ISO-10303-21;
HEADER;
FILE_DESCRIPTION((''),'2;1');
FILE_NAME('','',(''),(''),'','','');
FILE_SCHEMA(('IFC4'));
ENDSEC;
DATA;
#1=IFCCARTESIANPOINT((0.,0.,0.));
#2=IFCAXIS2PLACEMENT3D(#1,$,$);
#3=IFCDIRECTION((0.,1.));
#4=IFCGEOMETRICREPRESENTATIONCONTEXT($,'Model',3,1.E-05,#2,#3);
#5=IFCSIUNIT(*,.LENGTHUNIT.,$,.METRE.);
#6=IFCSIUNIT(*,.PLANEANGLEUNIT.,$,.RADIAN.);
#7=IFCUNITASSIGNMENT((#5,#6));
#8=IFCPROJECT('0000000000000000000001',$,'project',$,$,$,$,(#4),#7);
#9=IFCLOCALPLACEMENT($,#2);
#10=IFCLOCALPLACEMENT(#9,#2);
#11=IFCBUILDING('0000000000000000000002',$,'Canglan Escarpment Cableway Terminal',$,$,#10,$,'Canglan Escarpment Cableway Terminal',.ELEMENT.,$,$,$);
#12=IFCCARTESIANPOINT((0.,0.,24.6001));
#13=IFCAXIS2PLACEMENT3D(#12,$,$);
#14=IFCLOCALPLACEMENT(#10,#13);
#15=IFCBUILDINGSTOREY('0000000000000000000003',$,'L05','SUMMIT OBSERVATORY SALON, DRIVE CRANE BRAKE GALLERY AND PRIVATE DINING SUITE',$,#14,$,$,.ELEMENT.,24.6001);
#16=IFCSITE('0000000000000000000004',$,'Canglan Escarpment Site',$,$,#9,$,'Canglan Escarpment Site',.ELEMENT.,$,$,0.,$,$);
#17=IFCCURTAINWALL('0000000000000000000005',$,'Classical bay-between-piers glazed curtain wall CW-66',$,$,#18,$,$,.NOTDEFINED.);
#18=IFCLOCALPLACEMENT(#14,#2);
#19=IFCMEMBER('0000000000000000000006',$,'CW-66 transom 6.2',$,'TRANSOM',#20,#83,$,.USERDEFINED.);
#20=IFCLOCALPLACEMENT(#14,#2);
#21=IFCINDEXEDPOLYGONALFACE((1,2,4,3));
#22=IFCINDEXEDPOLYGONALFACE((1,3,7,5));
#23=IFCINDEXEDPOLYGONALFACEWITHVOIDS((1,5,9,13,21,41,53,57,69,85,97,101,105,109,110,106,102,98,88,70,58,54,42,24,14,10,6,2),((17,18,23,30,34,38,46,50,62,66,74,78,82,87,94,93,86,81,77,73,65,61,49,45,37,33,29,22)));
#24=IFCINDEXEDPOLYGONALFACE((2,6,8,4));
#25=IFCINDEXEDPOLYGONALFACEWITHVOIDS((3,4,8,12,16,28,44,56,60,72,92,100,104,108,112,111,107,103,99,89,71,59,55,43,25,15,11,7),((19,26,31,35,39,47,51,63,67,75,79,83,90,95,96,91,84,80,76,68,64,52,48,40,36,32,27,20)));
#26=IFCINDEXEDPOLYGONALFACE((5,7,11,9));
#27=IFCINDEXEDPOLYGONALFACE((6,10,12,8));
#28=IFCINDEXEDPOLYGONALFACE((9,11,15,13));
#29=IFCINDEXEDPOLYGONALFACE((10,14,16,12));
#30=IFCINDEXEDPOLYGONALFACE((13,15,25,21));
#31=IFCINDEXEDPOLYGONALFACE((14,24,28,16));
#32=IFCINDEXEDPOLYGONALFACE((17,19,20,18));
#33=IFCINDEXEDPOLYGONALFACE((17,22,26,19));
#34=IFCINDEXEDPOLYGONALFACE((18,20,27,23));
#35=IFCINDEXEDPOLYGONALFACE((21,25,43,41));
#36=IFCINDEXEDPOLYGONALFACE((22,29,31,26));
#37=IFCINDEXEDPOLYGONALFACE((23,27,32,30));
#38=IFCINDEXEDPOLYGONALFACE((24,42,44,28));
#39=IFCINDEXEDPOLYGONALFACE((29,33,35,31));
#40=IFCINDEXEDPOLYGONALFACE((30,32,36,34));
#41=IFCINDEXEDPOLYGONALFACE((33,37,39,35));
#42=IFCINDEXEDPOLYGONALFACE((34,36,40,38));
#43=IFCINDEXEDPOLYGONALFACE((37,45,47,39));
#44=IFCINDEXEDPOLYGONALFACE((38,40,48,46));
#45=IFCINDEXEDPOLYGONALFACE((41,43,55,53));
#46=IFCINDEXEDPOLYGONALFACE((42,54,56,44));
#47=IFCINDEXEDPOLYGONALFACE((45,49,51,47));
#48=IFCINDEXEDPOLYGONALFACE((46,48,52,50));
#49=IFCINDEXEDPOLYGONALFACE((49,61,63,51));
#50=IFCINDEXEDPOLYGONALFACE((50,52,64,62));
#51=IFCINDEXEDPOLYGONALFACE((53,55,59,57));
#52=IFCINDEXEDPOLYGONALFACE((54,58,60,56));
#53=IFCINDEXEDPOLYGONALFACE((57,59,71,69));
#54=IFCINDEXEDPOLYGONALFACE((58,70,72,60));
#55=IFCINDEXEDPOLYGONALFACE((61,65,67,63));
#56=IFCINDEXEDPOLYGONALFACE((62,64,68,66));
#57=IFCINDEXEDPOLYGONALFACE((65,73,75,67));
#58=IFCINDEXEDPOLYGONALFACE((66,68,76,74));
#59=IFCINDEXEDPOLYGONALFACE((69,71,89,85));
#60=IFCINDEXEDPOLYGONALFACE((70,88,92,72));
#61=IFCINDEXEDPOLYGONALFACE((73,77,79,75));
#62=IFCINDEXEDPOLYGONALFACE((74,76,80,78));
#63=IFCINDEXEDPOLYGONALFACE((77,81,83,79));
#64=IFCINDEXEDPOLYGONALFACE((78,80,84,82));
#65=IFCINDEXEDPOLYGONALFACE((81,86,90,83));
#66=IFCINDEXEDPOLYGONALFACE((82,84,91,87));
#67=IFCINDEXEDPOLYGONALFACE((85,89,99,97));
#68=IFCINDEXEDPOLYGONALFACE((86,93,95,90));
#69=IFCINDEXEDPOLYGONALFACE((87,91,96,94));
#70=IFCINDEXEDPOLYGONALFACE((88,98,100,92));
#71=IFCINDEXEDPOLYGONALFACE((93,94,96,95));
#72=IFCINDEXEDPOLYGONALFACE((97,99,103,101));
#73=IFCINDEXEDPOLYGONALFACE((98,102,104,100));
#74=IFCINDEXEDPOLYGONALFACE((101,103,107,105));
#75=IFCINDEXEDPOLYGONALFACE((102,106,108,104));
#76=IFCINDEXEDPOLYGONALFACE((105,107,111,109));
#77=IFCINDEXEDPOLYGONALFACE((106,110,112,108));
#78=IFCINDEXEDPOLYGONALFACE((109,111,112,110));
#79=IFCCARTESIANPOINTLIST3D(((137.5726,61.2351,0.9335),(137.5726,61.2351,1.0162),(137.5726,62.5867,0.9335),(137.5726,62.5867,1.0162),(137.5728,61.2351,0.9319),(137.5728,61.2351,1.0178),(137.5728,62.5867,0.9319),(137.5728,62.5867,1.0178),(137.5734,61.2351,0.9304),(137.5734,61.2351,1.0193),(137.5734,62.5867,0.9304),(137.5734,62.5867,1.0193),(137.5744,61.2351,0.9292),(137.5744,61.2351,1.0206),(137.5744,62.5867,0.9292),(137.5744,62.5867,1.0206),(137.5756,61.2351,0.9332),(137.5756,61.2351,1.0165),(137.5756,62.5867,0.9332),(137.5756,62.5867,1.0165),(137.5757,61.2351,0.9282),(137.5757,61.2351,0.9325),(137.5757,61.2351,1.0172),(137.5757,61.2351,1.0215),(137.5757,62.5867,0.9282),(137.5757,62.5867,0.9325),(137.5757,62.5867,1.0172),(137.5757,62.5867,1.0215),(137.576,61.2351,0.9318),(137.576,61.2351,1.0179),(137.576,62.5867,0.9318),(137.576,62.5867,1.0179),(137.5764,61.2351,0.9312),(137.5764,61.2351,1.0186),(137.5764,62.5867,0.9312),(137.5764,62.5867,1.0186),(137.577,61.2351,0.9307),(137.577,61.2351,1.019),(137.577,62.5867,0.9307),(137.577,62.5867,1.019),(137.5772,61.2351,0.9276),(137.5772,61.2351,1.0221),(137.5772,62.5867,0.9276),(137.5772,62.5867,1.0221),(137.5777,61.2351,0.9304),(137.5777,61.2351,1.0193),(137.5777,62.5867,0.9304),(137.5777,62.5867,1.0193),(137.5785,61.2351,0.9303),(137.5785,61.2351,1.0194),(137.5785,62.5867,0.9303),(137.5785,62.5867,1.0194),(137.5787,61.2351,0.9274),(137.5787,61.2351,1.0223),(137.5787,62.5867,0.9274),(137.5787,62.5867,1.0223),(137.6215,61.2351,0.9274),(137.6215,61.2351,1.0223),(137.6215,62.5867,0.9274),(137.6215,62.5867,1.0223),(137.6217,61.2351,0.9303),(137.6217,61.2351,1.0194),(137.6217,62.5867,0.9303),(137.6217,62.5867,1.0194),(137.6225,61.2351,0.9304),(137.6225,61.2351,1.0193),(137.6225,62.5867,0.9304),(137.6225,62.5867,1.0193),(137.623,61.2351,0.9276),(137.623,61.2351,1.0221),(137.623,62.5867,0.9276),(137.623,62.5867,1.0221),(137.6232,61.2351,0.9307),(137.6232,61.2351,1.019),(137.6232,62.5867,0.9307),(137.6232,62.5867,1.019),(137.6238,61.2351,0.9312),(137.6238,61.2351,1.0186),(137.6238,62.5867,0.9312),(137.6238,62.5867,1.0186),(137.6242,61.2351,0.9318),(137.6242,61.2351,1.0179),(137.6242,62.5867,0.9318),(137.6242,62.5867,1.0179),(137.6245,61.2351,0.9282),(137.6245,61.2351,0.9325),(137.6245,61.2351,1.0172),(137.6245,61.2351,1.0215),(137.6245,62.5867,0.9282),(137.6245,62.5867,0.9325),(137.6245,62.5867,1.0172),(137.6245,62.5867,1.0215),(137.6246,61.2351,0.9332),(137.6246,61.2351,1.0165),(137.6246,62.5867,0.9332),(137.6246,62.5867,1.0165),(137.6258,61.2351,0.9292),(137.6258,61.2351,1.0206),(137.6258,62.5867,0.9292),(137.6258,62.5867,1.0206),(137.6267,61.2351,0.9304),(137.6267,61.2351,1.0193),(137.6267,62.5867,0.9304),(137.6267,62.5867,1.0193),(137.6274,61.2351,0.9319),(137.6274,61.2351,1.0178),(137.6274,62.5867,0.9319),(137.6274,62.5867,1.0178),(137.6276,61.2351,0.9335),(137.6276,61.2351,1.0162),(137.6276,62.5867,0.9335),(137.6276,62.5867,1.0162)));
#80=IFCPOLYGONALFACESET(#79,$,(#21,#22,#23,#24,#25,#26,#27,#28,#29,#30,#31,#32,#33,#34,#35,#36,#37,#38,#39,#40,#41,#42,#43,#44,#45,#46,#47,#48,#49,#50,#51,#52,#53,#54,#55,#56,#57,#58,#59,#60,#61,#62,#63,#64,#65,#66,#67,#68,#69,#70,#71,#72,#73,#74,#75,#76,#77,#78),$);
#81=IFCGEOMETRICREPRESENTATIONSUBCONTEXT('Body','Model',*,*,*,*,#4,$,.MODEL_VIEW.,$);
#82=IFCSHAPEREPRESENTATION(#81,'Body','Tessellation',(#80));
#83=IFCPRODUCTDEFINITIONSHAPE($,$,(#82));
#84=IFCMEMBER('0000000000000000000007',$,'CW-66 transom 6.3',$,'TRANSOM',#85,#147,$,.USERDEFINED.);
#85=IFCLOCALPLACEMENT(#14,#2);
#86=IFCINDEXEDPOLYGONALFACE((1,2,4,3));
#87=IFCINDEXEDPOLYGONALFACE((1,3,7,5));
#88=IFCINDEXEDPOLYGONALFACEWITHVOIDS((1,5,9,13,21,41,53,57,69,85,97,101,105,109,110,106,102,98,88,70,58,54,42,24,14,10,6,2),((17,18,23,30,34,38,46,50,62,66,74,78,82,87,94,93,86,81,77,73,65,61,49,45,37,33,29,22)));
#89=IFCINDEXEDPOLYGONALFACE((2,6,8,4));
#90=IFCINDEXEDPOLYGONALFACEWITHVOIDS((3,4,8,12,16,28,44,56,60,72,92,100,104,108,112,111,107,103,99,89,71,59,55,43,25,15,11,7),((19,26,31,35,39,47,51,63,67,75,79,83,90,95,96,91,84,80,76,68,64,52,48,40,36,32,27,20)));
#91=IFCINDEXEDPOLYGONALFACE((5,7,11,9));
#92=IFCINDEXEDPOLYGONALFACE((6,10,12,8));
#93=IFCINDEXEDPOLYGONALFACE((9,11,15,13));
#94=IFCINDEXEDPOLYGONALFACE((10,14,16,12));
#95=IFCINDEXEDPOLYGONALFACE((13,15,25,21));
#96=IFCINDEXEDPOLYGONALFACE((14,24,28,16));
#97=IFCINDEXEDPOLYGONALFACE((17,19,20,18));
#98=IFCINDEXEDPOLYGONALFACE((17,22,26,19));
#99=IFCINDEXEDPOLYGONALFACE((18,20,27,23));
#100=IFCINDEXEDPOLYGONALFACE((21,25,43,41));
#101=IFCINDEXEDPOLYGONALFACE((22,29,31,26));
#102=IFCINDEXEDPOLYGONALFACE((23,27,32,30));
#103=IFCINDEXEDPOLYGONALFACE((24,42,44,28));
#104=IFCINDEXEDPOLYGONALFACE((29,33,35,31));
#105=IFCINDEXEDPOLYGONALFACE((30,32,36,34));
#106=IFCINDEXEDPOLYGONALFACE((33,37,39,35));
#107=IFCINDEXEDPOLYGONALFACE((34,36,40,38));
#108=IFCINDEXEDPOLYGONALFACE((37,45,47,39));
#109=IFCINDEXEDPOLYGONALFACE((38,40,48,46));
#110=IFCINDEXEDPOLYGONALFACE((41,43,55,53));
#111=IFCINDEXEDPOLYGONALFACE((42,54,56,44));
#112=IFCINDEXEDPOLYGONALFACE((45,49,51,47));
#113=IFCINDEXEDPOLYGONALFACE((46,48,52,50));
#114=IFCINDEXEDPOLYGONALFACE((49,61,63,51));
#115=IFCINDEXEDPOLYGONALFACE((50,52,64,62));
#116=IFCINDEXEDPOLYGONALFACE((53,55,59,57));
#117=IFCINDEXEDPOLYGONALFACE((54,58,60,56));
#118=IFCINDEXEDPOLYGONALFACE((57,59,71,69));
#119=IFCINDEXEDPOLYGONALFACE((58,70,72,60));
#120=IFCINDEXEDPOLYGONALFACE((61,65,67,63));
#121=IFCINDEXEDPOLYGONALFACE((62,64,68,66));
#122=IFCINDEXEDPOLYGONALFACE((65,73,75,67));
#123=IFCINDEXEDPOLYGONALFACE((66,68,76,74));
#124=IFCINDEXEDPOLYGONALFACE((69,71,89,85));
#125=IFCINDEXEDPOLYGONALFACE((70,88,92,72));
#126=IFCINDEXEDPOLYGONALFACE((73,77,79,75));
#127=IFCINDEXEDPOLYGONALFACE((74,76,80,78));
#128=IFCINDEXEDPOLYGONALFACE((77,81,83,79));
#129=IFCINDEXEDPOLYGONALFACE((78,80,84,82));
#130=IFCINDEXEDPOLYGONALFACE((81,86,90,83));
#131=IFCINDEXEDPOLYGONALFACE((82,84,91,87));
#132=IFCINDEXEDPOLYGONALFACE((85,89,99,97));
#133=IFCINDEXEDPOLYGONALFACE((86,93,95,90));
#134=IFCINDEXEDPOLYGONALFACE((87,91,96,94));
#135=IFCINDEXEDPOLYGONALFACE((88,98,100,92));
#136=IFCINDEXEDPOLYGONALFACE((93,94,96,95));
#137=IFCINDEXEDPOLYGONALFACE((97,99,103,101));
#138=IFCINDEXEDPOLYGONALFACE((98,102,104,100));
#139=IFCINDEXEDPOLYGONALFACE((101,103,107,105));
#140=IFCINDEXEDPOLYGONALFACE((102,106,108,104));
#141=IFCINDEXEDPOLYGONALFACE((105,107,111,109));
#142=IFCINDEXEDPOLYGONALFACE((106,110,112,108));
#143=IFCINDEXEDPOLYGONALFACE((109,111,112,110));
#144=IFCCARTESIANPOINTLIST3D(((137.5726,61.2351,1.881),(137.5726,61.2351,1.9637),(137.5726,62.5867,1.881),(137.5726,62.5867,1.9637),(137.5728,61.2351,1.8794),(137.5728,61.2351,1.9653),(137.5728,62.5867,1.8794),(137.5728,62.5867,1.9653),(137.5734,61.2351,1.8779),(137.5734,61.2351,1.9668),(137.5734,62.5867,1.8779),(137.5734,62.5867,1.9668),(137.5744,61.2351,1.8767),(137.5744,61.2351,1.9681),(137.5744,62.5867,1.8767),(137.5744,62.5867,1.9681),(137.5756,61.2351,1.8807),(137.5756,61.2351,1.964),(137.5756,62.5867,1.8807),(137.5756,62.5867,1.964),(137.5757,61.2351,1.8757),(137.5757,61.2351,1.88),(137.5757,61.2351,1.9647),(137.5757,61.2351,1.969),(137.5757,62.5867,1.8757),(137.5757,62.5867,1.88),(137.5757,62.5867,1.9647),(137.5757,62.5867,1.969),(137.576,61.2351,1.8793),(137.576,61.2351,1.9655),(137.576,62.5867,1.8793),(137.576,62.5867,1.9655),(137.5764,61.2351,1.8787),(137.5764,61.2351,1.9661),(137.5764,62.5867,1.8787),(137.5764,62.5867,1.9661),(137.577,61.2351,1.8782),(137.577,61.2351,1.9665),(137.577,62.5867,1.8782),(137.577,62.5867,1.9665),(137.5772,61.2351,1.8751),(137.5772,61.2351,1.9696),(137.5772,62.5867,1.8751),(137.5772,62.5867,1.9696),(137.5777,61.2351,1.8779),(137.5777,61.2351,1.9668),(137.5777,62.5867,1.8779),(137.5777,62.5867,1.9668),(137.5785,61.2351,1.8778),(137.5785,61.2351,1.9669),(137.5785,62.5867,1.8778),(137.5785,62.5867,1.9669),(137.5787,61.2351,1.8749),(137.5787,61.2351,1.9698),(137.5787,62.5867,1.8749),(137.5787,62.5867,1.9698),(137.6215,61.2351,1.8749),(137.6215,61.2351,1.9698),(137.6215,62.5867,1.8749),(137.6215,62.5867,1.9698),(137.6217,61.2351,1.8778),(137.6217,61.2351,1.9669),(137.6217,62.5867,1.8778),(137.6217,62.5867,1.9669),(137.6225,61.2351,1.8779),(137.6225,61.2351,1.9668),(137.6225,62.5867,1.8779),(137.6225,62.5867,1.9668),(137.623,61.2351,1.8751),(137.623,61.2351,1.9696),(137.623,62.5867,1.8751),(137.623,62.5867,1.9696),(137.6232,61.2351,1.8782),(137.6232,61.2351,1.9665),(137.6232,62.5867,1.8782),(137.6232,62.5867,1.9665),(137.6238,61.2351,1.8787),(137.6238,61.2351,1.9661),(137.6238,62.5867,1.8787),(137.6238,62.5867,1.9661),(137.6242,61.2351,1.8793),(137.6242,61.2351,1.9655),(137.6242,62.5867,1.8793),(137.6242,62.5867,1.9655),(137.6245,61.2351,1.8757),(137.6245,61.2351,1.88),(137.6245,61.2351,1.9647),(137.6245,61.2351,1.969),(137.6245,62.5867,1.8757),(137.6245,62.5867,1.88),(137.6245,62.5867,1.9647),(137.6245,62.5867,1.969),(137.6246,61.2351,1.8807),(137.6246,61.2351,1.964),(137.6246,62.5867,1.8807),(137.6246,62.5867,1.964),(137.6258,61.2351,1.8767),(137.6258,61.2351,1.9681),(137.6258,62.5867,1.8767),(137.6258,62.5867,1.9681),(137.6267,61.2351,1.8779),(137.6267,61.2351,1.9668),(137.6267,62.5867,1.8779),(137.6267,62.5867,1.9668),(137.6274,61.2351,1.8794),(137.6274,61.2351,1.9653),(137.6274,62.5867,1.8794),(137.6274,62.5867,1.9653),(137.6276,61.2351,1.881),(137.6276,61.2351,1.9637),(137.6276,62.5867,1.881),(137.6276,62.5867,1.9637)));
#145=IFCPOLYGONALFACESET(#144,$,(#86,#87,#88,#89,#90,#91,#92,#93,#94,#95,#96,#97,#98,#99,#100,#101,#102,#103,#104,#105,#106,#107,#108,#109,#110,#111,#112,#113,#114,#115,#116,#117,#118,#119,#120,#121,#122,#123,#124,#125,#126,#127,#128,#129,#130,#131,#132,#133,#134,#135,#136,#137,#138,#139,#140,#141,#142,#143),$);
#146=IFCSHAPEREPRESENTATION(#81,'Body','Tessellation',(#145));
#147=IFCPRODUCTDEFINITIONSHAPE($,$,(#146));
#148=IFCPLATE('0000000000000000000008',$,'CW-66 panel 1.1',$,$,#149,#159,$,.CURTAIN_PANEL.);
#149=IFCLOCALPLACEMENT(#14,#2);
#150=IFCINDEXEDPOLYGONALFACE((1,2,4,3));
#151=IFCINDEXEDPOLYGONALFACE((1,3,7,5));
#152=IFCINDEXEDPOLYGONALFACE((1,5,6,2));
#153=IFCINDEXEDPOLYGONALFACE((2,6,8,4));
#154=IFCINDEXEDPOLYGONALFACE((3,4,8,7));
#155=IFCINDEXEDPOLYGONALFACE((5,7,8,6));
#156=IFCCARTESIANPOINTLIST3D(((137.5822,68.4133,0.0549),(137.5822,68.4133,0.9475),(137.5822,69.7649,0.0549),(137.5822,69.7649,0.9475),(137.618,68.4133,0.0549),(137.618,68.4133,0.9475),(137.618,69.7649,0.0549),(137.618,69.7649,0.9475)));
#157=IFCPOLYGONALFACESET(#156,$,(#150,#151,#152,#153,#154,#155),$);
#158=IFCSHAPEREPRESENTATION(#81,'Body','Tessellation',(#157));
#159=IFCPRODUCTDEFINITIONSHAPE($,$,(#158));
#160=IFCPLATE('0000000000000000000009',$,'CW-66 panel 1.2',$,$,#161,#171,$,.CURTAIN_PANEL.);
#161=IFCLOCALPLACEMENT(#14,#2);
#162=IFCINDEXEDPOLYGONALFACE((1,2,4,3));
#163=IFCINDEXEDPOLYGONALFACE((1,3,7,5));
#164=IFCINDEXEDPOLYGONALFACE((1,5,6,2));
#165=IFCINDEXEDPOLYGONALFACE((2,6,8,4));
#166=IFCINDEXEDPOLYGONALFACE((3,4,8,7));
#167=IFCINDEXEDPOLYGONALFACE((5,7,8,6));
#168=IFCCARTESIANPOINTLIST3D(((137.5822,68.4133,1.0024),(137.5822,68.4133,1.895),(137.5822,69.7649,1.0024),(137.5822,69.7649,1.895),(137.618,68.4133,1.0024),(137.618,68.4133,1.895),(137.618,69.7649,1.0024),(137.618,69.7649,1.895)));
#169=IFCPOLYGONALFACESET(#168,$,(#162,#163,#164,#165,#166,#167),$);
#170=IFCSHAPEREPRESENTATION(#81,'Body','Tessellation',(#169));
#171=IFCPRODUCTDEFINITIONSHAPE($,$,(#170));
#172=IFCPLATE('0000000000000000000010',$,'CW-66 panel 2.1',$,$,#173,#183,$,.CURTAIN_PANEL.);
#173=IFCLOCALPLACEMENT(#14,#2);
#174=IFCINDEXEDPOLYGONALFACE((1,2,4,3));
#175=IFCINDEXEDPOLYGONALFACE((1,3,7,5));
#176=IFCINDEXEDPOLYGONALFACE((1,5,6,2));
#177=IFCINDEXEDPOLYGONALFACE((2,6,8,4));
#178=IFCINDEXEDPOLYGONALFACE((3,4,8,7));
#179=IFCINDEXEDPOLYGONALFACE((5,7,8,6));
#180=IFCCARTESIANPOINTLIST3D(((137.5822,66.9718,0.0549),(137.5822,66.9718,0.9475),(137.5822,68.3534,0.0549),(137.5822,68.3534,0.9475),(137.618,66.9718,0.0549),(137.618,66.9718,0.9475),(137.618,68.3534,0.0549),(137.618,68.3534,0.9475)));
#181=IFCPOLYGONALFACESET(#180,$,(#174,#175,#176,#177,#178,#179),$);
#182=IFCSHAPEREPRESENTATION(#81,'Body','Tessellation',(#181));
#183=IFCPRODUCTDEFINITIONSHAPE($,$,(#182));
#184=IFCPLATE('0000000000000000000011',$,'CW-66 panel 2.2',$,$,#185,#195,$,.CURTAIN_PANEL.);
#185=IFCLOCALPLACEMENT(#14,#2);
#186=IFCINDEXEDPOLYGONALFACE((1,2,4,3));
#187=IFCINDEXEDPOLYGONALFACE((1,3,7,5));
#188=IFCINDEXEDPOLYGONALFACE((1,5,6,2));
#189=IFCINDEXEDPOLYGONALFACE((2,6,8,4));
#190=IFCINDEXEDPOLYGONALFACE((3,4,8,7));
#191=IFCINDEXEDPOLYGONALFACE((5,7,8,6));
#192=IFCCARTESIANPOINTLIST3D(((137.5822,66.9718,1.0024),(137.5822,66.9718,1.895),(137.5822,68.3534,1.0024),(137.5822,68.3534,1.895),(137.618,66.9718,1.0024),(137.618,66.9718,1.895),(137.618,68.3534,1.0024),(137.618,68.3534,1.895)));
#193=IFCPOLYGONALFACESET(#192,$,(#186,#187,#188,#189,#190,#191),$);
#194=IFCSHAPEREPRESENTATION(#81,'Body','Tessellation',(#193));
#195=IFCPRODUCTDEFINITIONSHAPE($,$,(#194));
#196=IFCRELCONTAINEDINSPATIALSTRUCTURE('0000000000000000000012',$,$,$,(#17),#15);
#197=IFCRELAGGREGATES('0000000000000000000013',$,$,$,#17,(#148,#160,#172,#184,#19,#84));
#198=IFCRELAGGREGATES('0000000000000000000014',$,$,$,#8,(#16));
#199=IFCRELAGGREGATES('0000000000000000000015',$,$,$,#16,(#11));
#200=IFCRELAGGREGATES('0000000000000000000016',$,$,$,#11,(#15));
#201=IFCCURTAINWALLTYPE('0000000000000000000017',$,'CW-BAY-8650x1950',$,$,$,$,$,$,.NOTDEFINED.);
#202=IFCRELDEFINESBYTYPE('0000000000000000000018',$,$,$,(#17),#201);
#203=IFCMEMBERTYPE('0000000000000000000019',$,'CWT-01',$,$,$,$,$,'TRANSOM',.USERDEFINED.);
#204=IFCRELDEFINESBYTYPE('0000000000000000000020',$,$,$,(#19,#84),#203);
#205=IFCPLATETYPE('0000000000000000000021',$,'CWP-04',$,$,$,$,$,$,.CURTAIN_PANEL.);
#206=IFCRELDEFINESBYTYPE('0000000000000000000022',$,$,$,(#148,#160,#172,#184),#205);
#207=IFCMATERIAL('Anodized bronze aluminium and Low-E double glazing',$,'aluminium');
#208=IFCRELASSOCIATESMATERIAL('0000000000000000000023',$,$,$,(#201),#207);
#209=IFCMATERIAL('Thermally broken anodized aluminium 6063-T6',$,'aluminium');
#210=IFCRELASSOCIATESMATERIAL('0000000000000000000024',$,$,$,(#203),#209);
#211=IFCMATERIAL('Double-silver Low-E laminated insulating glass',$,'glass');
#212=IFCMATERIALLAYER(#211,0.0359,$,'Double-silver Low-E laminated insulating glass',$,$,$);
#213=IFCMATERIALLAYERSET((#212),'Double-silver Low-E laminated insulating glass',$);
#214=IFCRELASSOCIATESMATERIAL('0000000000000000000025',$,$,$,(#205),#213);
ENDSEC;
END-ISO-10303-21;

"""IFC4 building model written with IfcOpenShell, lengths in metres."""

from ifc_helpers import new_model, si_unit, direction, frame, origin, origin_2d, place, context, subcontext, project, spatial, rectangle, hollow_rectangle, extrude, material, layer, layer_set, material_profile, profile_set, type_object, element, aggregate, save


model = new_model("IFC4")

# Units and contexts
model_context = context("Model", 3, precision=1e-05, world=origin(), true_north=direction((0.0, 1.0)))
body_context = subcontext(model_context, "Body", "Model", "MODEL_VIEW")
ifc_project = project(units=[si_unit("LENGTHUNIT", "METRE"), si_unit("PLANEANGLEUNIT", "RADIAN")], contexts=[model_context])

# Site, building, storey
site_placement = place(None, origin())
site = spatial("IfcSite", under=ifc_project, at=site_placement, Name="Canglan Escarpment Site", LongName="Canglan Escarpment Site", CompositionType="ELEMENT", RefElevation=0.0)
building_placement = place(site_placement, origin())
building = spatial("IfcBuilding", under=site, at=building_placement, Name="Canglan Escarpment Cableway Terminal", LongName="Canglan Escarpment Cableway Terminal", CompositionType="ELEMENT")
storey_placement = place(building_placement, frame((0.0, 0.0, 24.6001)))
storey = spatial("IfcBuildingStorey", under=building, at=storey_placement, Name="L05", Description="SUMMIT OBSERVATORY SALON, DRIVE CRANE BRAKE GALLERY AND PRIVATE DINING SUITE", CompositionType="ELEMENT", Elevation=24.6001)

# Curtain wall, members, plates
ifc_material_1 = material(Name="Anodized bronze aluminium and Low-E double glazing", Category="aluminium")
curtain_wall_type = type_object("IfcCurtainWallType", Name="CW-BAY-8650x1950", PredefinedType="NOTDEFINED", material=ifc_material_1)
curtain_wall_placement = place(storey_placement, origin())
curtain_wall = element("IfcCurtainWall", 1, at=curtain_wall_placement, inside=storey, type_object=curtain_wall_type, Name="Classical bay-between-piers glazed curtain wall CW-66", PredefinedType="NOTDEFINED")
ifc_material_2 = material(Name="Thermally broken anodized aluminium 6063-T6", Category="aluminium")
ifc_material_profile_1 = material_profile(ifc_material_2, hollow_rectangle(XDim=0.0549, YDim=0.095, WallThickness=0.0029, InnerFilletRadius=0.0029, OuterFilletRadius=0.0061, at=origin_2d()), Name="ALU-TRAN 55x95x3")
ifc_profile_set_1 = profile_set([ifc_material_profile_1], Name="Thermally broken anodized aluminium 6063-T6")
member_type_1 = type_object("IfcMemberType", Name="CWT-01", ElementType="TRANSOM", PredefinedType="USERDEFINED", material=ifc_profile_set_1)
member_1_placement = place(storey_placement, frame((137.6001, 62.5867, 0.9749), z_axis=(0.0, -1.0, 0.0), x_axis=(1.0, 0.0, 0.0)))
member_1 = element("IfcMember", 2, at=member_1_placement, type_object=member_type_1, Name="CW-66 transom 6.2", ObjectType="TRANSOM", PredefinedType="USERDEFINED", context=body_context, shape_type="SweptSolid", body=[
    extrude(hollow_rectangle(XDim=0.0549, YDim=0.095, WallThickness=0.0029, InnerFilletRadius=0.0029, OuterFilletRadius=0.0061, at=origin_2d()), origin(), (0.0, 0.0, 1.0), 1.3516),
])
member_2_placement = place(storey_placement, frame((137.6001, 62.5867, 1.9224), z_axis=(0.0, -1.0, 0.0), x_axis=(1.0, 0.0, 0.0)))
member_2 = element("IfcMember", 3, at=member_2_placement, type_object=member_type_1, Name="CW-66 transom 6.3", ObjectType="TRANSOM", PredefinedType="USERDEFINED", context=body_context, shape_type="SweptSolid", body=[
    extrude(hollow_rectangle(XDim=0.0549, YDim=0.095, WallThickness=0.0029, InnerFilletRadius=0.0029, OuterFilletRadius=0.0061, at=origin_2d()), origin(), (0.0, 0.0, 1.0), 1.3516),
])
ifc_material_3 = material(Name="Double-silver Low-E laminated insulating glass", Category="glass")
ifc_layer_1 = layer(ifc_material_3, 0.0359, Name="Double-silver Low-E laminated insulating glass")
ifc_layer_set_1 = layer_set([ifc_layer_1], Name="Double-silver Low-E laminated insulating glass")
plate_type_1 = type_object("IfcPlateType", Name="CWP-04", PredefinedType="CURTAIN_PANEL", material=ifc_layer_set_1)
plate_1_placement = place(storey_placement, frame((137.6001, 69.0891, 0.0549), z_axis=(0.0, 0.0, 1.0), x_axis=(0.0, -1.0, 0.0)))
plate_1 = element("IfcPlate", 4, at=plate_1_placement, type_object=plate_type_1, Name="CW-66 panel 1.1", PredefinedType="CURTAIN_PANEL", context=body_context, shape_type="SweptSolid", body=[
    extrude(rectangle(XDim=1.3516, YDim=0.0359, at=origin_2d()), origin(), (0.0, 0.0, 1.0), 0.8926),
])
plate_2_placement = place(storey_placement, frame((137.6001, 69.0891, 1.0024), z_axis=(0.0, 0.0, 1.0), x_axis=(0.0, -1.0, 0.0)))
plate_2 = element("IfcPlate", 5, at=plate_2_placement, type_object=plate_type_1, Name="CW-66 panel 1.2", PredefinedType="CURTAIN_PANEL", context=body_context, shape_type="SweptSolid", body=[
    extrude(rectangle(XDim=1.3516, YDim=0.0359, at=origin_2d()), origin(), (0.0, 0.0, 1.0), 0.8926),
])
plate_3_placement = place(storey_placement, frame((137.6001, 67.6626, 0.0549), z_axis=(0.0, 0.0, 1.0), x_axis=(0.0, -1.0, 0.0)))
plate_3 = element("IfcPlate", 6, at=plate_3_placement, type_object=plate_type_1, Name="CW-66 panel 2.1", PredefinedType="CURTAIN_PANEL", context=body_context, shape_type="SweptSolid", body=[
    extrude(rectangle(XDim=1.3816, YDim=0.0359, at=origin_2d()), origin(), (0.0, 0.0, 1.0), 0.8926),
])
plate_4_placement = place(storey_placement, frame((137.6001, 67.6626, 1.0024), z_axis=(0.0, 0.0, 1.0), x_axis=(0.0, -1.0, 0.0)))
plate_4 = element("IfcPlate", 7, at=plate_4_placement, type_object=plate_type_1, Name="CW-66 panel 2.2", PredefinedType="CURTAIN_PANEL", context=body_context, shape_type="SweptSolid", body=[
    extrude(rectangle(XDim=1.3816, YDim=0.0359, at=origin_2d()), origin(), (0.0, 0.0, 1.0), 0.8926),
])
aggregate(curtain_wall, [plate_1, plate_2, plate_3, plate_4, member_1, member_2])

save(model, "model.ifc")
